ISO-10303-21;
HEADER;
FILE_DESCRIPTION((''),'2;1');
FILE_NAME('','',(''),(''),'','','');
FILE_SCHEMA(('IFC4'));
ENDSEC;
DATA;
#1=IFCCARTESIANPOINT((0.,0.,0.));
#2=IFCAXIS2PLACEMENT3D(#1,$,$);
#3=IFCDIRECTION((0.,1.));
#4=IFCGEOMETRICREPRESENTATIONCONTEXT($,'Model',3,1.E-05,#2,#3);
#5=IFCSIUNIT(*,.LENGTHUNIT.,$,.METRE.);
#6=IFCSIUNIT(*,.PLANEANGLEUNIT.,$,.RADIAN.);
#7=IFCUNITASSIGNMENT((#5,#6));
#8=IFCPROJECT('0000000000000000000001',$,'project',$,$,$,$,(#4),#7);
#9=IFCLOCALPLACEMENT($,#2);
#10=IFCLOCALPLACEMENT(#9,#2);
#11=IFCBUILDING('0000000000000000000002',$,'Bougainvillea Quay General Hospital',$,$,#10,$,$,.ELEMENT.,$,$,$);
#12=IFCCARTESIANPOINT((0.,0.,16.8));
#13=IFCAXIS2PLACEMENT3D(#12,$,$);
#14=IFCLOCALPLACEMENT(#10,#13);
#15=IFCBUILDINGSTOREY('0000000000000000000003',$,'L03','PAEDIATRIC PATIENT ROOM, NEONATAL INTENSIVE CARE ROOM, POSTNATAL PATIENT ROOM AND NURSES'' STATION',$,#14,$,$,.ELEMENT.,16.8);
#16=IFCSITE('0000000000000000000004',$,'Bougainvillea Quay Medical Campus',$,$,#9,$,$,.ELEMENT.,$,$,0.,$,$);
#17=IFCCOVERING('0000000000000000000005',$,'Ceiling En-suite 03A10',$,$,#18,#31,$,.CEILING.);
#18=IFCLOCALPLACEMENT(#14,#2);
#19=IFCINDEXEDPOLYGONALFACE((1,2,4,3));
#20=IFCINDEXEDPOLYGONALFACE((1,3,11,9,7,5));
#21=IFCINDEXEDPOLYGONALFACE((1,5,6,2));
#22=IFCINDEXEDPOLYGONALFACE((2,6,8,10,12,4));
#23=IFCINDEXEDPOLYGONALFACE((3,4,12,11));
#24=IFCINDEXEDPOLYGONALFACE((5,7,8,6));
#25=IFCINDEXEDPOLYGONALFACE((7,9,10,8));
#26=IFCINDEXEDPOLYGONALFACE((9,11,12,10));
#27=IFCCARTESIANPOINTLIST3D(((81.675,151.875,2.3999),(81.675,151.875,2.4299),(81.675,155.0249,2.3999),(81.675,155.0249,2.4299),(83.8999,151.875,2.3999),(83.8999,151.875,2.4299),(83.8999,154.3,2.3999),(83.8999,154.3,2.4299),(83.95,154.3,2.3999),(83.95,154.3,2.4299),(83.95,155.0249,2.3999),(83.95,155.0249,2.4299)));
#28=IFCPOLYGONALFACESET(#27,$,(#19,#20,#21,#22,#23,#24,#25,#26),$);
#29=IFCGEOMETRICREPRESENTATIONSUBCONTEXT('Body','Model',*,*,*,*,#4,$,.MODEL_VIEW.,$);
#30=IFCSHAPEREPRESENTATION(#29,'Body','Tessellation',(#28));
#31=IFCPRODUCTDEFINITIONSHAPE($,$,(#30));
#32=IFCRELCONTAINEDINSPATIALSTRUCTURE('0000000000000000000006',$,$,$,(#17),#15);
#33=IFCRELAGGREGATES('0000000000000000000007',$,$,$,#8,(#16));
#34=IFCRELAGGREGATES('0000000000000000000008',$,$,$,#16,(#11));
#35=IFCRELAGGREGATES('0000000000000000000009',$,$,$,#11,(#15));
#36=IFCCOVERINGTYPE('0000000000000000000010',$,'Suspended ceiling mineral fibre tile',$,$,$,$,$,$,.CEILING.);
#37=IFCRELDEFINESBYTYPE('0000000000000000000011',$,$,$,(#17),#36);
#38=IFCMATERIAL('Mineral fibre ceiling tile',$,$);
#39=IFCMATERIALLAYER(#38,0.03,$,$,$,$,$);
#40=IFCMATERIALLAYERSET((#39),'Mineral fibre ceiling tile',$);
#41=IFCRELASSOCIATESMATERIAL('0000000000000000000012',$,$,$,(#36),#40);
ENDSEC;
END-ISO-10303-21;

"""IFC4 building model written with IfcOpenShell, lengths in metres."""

from ifc_helpers import new_model, si_unit, direction, frame, origin, place, context, subcontext, project, spatial, polyline, outline, extrude, material, layer, layer_set, type_object, element, save


model = new_model("IFC4")

# Units and contexts
model_context = context("Model", 3, precision=1e-05, world=origin(), true_north=direction((0.0, 1.0)))
body_context = subcontext(model_context, "Body", "Model", "MODEL_VIEW")
ifc_project = project(units=[si_unit("LENGTHUNIT", "METRE"), si_unit("PLANEANGLEUNIT", "RADIAN")], contexts=[model_context])

# Site, building, storey
site_placement = place(None, origin())
site = spatial("IfcSite", under=ifc_project, at=site_placement, Name="Bougainvillea Quay Medical Campus", CompositionType="ELEMENT", RefElevation=0.0)
building_placement = place(site_placement, origin())
building = spatial("IfcBuilding", under=site, at=building_placement, Name="Bougainvillea Quay General Hospital", CompositionType="ELEMENT")
storey_placement = place(building_placement, frame((0.0, 0.0, 16.8)))
storey = spatial("IfcBuildingStorey", under=building, at=storey_placement, Name="L03", Description="PAEDIATRIC PATIENT ROOM, NEONATAL INTENSIVE CARE ROOM, POSTNATAL PATIENT ROOM AND NURSES' STATION", CompositionType="ELEMENT", Elevation=16.8)

# Covering
ifc_material_1 = material(Name="Mineral fibre ceiling tile")
ifc_layer_1 = layer(ifc_material_1, 0.03)
ifc_layer_set_1 = layer_set([ifc_layer_1], Name="Mineral fibre ceiling tile")
covering_type_1 = type_object("IfcCoveringType", Name="Suspended ceiling mineral fibre tile", PredefinedType="CEILING", material=ifc_layer_set_1)
covering_1_placement = place(storey_placement, frame((0.0, 0.0, 2.3999)))
element("IfcCovering", 1, at=covering_1_placement, inside=storey, type_object=covering_type_1, Name="Ceiling En-suite 03A10", PredefinedType="CEILING", context=body_context, shape_type="SweptSolid", body=[
    extrude(outline(polyline([(83.95, 154.3), (83.95, 155.0249), (81.675, 155.0249), (81.675, 151.875), (83.8999, 151.875), (83.8999, 154.3), (83.95, 154.3)])), origin(), (0.0, 0.0, 1.0), 0.03),
])

save(model, "model.ifc")
